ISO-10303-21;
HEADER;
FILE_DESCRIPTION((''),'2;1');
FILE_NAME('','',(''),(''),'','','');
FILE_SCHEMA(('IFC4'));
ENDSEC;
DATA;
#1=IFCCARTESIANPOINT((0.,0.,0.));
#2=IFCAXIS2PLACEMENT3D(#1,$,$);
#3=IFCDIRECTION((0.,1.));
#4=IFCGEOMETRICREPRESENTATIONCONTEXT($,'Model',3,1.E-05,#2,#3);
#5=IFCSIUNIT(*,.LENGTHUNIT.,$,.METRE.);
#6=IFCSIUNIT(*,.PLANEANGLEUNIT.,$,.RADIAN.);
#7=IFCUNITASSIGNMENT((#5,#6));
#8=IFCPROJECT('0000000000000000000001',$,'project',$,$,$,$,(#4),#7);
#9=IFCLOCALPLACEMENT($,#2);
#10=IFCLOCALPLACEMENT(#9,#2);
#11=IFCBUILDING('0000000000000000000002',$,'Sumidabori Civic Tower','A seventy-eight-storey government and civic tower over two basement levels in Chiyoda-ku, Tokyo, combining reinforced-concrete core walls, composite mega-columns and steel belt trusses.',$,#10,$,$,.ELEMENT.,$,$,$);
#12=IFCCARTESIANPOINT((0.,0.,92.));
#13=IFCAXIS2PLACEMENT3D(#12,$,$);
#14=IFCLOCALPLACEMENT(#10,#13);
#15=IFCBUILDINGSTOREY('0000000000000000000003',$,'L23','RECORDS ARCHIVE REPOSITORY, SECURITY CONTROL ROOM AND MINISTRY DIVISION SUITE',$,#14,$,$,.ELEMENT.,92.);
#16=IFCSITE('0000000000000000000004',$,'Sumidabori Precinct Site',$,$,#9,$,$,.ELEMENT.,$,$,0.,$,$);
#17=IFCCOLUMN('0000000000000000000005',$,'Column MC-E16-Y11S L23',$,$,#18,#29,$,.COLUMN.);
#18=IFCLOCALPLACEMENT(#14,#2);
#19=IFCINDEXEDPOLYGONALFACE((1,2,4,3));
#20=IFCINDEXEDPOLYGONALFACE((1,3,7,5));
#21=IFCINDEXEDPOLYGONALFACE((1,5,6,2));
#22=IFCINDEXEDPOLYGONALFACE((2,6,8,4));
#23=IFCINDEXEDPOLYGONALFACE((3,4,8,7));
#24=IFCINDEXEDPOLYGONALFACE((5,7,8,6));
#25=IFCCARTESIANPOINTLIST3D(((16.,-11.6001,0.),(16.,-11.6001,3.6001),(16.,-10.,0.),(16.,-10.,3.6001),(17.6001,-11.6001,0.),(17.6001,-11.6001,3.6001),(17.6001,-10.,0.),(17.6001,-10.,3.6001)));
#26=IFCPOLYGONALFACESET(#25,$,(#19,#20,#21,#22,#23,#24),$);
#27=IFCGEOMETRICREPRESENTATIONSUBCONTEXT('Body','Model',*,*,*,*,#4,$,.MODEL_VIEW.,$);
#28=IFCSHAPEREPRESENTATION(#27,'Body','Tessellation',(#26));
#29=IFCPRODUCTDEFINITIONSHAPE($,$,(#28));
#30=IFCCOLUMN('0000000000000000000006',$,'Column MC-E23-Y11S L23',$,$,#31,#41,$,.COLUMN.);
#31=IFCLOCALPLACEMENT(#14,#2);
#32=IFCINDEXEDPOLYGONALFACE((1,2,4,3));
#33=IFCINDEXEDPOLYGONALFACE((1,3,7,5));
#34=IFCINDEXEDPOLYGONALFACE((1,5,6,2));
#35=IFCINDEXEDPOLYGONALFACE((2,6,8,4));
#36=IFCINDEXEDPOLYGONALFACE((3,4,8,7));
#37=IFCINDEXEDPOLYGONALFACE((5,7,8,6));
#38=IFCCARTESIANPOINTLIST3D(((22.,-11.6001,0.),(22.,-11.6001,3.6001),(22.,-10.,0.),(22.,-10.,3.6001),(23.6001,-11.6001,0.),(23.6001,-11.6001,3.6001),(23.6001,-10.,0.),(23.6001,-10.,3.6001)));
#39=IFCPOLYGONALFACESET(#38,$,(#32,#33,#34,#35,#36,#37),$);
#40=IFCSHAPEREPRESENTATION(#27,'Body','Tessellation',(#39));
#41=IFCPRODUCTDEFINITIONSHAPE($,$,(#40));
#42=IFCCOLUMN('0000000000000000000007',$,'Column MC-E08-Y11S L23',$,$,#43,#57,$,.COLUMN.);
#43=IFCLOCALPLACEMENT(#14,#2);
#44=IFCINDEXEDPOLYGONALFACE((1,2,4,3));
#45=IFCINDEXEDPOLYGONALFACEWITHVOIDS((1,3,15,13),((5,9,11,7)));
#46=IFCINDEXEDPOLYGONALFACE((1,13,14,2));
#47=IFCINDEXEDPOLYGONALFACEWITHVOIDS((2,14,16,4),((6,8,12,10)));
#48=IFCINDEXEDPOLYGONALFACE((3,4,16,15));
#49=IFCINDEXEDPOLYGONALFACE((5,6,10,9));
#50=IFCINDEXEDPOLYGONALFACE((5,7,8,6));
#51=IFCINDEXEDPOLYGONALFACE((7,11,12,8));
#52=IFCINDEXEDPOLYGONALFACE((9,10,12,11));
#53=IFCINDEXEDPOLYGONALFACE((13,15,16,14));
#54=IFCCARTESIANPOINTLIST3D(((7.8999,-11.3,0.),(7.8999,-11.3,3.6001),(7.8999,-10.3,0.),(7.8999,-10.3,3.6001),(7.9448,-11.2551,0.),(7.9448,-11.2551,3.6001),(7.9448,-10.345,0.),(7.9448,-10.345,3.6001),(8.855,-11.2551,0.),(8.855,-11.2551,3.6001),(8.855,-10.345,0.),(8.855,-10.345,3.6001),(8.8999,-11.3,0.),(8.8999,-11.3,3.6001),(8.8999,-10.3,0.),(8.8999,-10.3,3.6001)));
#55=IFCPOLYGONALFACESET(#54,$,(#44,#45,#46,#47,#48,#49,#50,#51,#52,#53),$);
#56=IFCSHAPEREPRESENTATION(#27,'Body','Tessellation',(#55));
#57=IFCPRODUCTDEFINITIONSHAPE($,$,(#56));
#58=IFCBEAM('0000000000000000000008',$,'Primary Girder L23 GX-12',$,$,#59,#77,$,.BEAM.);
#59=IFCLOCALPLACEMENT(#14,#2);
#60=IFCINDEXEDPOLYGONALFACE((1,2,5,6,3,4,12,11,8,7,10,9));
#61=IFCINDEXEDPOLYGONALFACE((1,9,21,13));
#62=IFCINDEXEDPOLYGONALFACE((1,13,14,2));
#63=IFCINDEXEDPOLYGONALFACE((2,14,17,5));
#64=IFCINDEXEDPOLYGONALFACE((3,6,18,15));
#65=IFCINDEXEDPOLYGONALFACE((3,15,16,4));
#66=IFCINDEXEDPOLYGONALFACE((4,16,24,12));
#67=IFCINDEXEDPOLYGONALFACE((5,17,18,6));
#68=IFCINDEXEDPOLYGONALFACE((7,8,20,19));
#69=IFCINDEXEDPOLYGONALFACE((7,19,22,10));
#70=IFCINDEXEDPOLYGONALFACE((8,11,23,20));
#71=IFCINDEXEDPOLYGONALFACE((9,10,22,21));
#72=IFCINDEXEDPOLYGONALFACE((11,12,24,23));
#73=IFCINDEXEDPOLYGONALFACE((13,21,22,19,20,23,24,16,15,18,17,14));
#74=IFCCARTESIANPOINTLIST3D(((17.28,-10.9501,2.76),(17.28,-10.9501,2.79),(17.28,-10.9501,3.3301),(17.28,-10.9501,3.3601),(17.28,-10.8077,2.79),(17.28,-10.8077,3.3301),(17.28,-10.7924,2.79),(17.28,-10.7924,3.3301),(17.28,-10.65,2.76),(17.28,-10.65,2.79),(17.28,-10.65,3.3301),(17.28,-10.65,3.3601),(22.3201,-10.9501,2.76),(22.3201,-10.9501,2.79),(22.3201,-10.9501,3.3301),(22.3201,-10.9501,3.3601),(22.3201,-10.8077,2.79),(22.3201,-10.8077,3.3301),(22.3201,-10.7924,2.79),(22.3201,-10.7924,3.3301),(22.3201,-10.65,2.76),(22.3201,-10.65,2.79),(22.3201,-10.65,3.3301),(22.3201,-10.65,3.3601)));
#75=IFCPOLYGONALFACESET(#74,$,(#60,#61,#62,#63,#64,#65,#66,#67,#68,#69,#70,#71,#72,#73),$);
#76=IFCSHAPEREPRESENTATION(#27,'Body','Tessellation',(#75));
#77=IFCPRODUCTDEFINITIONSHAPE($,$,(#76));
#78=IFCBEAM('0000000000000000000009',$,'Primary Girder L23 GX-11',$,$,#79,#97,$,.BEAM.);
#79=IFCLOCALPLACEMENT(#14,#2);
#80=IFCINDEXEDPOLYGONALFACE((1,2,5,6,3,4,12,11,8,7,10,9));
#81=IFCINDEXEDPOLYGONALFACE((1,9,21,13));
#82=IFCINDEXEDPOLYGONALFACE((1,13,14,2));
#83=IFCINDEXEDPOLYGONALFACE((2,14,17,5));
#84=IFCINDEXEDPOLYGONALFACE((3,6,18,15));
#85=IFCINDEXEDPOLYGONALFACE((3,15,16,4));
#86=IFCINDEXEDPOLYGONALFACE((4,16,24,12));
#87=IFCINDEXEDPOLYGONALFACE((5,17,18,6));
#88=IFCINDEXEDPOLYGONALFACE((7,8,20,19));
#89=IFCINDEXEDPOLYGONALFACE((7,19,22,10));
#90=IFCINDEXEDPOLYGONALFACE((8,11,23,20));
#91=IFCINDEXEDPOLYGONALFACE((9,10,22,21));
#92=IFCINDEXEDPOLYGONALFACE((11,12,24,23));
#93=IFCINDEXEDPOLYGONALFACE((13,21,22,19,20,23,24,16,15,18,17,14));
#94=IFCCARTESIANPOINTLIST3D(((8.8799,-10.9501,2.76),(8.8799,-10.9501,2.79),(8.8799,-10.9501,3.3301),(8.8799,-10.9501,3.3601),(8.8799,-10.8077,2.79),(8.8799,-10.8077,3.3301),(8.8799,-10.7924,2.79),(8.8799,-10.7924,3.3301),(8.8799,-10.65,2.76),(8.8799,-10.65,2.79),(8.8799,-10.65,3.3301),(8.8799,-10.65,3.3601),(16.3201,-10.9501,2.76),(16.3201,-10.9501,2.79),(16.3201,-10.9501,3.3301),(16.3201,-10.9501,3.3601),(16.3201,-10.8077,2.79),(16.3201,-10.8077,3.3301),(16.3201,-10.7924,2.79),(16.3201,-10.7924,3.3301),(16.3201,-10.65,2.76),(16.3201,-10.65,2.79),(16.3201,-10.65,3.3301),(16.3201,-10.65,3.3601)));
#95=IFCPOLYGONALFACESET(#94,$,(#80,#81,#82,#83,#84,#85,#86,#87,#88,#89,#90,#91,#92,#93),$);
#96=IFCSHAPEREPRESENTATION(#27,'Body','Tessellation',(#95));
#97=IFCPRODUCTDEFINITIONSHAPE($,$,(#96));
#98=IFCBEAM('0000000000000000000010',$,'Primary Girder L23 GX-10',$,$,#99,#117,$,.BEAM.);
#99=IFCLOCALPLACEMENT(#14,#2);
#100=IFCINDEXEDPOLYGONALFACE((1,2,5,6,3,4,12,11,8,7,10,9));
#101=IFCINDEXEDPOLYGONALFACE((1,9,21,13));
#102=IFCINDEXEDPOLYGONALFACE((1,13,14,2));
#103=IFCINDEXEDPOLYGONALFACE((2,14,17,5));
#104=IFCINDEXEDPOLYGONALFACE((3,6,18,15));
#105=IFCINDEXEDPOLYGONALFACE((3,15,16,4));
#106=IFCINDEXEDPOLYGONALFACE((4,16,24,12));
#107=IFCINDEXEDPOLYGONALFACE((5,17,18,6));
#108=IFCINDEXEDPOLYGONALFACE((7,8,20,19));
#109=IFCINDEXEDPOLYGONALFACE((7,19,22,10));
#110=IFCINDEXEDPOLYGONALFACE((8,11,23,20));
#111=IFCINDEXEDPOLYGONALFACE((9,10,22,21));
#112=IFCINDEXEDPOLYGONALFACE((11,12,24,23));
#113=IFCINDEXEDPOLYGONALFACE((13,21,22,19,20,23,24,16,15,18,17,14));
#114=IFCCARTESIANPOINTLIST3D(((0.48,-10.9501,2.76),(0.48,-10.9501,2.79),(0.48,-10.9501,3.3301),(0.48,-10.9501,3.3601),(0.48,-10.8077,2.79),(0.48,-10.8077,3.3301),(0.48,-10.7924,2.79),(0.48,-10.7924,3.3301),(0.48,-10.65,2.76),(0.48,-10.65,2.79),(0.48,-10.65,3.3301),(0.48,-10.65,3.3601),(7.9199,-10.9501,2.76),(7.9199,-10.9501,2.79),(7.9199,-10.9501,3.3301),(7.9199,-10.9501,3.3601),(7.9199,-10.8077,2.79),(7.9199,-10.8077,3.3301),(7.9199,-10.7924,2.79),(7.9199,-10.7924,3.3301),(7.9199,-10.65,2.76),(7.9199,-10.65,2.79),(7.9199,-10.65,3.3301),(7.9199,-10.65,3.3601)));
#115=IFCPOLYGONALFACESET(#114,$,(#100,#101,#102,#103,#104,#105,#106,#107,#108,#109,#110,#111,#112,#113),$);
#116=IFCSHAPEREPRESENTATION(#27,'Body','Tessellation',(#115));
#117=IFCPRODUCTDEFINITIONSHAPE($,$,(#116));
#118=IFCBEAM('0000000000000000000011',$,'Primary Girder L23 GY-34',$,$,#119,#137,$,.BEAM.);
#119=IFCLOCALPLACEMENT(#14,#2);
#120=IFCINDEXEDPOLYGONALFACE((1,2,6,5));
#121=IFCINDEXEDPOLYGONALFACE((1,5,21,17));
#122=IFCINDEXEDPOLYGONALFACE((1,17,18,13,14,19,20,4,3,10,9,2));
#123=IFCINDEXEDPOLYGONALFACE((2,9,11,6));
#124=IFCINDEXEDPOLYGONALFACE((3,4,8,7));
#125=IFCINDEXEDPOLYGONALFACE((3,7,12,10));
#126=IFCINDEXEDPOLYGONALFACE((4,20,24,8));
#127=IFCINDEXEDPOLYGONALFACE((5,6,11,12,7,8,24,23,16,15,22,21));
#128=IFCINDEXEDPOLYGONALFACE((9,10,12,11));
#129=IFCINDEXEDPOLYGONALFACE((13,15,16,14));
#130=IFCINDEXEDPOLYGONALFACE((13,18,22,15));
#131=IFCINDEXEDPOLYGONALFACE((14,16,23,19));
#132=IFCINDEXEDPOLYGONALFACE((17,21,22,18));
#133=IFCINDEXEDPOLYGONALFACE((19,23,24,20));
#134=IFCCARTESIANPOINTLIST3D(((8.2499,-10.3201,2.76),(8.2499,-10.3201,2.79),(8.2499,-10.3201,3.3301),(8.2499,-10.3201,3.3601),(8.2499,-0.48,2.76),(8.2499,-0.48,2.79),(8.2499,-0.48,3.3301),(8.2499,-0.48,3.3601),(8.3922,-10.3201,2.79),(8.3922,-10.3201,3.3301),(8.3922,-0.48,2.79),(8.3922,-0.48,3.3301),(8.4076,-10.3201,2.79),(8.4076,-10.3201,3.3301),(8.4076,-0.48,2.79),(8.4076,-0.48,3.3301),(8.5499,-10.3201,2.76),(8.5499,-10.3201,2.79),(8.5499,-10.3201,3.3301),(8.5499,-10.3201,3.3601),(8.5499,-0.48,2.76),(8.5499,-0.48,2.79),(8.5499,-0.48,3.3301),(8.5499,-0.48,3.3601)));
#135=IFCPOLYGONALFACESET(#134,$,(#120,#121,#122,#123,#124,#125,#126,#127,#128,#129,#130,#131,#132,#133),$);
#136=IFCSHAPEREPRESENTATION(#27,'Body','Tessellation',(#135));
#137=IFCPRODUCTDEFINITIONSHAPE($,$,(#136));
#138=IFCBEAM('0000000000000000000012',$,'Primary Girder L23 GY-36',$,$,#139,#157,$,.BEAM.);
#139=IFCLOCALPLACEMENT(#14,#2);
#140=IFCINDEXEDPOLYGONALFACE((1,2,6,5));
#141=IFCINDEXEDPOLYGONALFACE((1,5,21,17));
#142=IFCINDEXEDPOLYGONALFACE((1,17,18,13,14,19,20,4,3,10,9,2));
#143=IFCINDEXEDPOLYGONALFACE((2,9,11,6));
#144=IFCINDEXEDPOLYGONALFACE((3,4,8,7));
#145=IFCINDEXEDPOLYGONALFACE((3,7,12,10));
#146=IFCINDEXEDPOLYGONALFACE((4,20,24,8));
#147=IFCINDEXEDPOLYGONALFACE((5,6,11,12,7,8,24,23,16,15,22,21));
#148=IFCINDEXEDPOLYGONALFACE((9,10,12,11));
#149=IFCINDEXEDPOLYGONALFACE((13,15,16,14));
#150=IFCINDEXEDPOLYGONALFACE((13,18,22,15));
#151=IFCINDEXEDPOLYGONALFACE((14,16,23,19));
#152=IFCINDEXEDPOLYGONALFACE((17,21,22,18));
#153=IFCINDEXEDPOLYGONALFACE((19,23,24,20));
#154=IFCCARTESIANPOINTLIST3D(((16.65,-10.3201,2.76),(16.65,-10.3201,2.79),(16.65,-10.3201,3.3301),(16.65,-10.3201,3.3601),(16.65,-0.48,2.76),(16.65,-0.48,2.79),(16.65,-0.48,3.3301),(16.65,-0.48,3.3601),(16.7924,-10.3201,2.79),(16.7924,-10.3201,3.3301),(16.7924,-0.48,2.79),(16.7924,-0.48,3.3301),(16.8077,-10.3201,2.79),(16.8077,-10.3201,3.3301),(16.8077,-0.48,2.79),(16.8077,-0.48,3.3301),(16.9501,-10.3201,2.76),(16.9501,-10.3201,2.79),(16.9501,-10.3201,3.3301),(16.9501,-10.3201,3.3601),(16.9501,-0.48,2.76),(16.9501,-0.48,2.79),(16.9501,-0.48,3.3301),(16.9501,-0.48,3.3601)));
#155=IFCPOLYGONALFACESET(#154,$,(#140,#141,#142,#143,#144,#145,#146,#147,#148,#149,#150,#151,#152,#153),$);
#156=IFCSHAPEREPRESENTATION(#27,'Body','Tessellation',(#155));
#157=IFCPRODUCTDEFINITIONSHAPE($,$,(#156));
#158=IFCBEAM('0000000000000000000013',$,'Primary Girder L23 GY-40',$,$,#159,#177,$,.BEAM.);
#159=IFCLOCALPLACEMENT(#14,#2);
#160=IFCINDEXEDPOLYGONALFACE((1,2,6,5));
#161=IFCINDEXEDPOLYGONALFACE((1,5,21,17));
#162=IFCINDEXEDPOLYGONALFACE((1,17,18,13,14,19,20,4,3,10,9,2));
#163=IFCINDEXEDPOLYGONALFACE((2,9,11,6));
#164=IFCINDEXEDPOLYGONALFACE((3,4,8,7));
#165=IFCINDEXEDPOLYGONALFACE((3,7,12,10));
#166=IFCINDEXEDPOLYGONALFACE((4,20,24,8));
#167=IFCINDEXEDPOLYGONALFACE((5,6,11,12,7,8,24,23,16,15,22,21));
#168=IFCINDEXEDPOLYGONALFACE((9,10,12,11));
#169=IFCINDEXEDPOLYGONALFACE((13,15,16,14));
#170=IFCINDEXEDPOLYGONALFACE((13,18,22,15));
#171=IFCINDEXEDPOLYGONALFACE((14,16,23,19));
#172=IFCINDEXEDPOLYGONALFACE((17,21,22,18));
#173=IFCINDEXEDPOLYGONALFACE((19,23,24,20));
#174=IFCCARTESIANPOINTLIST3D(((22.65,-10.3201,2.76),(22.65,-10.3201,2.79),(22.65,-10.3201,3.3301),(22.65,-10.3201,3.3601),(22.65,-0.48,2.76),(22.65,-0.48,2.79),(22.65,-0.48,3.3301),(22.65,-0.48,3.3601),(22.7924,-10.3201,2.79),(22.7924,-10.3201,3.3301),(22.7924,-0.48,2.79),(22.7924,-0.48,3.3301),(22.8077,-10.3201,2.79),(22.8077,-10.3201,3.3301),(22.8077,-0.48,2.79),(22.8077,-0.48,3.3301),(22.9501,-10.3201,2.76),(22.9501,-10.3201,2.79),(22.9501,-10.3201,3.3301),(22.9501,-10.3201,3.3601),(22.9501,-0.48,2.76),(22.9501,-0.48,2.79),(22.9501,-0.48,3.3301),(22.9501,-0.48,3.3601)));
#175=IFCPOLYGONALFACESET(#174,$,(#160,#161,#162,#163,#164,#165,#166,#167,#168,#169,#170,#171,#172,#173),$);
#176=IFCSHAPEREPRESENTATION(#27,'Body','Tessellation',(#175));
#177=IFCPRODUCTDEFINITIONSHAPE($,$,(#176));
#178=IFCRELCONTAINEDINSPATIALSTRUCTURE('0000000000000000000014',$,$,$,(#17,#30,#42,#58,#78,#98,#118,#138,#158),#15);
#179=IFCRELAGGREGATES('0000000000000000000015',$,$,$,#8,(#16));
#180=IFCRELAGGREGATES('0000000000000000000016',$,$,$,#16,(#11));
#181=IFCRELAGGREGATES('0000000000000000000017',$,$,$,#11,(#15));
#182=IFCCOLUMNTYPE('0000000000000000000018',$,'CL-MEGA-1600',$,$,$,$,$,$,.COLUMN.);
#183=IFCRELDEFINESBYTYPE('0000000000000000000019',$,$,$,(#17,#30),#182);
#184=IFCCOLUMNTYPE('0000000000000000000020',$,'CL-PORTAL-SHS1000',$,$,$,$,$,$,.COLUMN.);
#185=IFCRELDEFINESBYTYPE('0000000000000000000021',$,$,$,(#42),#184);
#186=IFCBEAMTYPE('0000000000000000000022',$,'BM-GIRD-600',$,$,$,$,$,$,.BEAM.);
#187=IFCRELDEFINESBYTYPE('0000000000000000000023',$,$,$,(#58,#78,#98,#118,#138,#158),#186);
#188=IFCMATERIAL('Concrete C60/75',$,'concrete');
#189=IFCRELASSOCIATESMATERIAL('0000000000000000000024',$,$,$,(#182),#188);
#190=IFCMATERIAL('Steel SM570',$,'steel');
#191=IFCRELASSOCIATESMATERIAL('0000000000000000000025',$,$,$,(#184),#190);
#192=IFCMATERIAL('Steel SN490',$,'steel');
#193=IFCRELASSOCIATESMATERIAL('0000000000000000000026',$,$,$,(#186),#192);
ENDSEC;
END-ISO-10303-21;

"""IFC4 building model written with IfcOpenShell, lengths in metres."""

from ifc_helpers import new_model, si_unit, direction, frame, origin, origin_2d, place, context, subcontext, project, spatial, rectangle, hollow_rectangle, i_section, extrude, source, transform, mapped, material, material_profile, profile_set, type_object, element, save


model = new_model("IFC4")

# Units and contexts
model_context = context("Model", 3, precision=1e-05, world=origin(), true_north=direction((0.0, 1.0)))
body_context = subcontext(model_context, "Body", "Model", "MODEL_VIEW")
ifc_project = project(units=[si_unit("LENGTHUNIT", "METRE"), si_unit("PLANEANGLEUNIT", "RADIAN")], contexts=[model_context])

# Site, building, storey
site_placement = place(None, origin())
site = spatial("IfcSite", under=ifc_project, at=site_placement, Name="Sumidabori Precinct Site", CompositionType="ELEMENT", RefElevation=0.0)
building_placement = place(site_placement, origin())
building = spatial("IfcBuilding", under=site, at=building_placement, Name="Sumidabori Civic Tower", Description="A seventy-eight-storey government and civic tower over two basement levels in Chiyoda-ku, Tokyo, combining reinforced-concrete core walls, composite mega-columns and steel belt trusses.", CompositionType="ELEMENT")
storey_placement = place(building_placement, frame((0.0, 0.0, 92.0)))
storey = spatial("IfcBuildingStorey", under=building, at=storey_placement, Name="L23", Description="RECORDS ARCHIVE REPOSITORY, SECURITY CONTROL ROOM AND MINISTRY DIVISION SUITE", CompositionType="ELEMENT", Elevation=92.0)

# Columns
ifc_material_1 = material(Name="Concrete C60/75", Category="concrete")
ifc_material_profile_1 = material_profile(ifc_material_1, rectangle(XDim=1.6001, YDim=1.6001, at=origin_2d()), Name="RC 1600x1600")
ifc_profile_set_1 = profile_set([ifc_material_profile_1], Name="Concrete C60/75")
column_type_1 = type_object("IfcColumnType", Name="CL-MEGA-1600", PredefinedType="COLUMN", material=ifc_profile_set_1)
shared_shape_1 = source(origin(), body_context, "Body", "SweptSolid", [
    extrude(rectangle(XDim=1.6001, YDim=1.6001, at=origin_2d()), origin(), (0.0, 0.0, 1.0), 3.6001),
])
for number, where, z_axis, x_axis, name in (
    (1, (16.8, -10.8, 0.0), (0.0, 0.0, 1.0), (1.0, 0.0, 0.0), "Column MC-E16-Y11S L23"),
    (2, (22.8, -10.8, 0.0), (0.0, 0.0, 1.0), (1.0, 0.0, 0.0), "Column MC-E23-Y11S L23"),
):
    element("IfcColumn", number, at=place(storey_placement, frame(where, z_axis=z_axis, x_axis=x_axis)), inside=storey, type_object=column_type_1, Name=name, PredefinedType="COLUMN", context=body_context, shape_type="MappedRepresentation", body=[
        mapped(shared_shape_1, transform((0.0, 0.0, 0.0), x_axis=(1.0, 0.0, 0.0), y_axis=(0.0, 1.0, 0.0), z_axis=(0.0, 0.0, 1.0), scale=1.0)),
    ])
ifc_material_2 = material(Name="Steel SM570", Category="steel")
ifc_material_profile_2 = material_profile(ifc_material_2, hollow_rectangle(XDim=1.0, YDim=1.0, WallThickness=0.0449, at=origin_2d()), Name="SHS 1000x1000x45")
ifc_profile_set_2 = profile_set([ifc_material_profile_2], Name="Steel SM570")
column_type_2 = type_object("IfcColumnType", Name="CL-PORTAL-SHS1000", PredefinedType="COLUMN", material=ifc_profile_set_2)
shared_shape_2 = source(origin(), body_context, "Body", "SweptSolid", [
    extrude(hollow_rectangle(XDim=1.0, YDim=1.0, WallThickness=0.0449, at=origin_2d()), origin(), (0.0, 0.0, 1.0), 3.6001),
])
column_placement = place(storey_placement, frame((8.3999, -10.8, 0.0), z_axis=(0.0, 0.0, 1.0), x_axis=(1.0, 0.0, 0.0)))
element("IfcColumn", 3, at=column_placement, inside=storey, type_object=column_type_2, Name="Column MC-E08-Y11S L23", PredefinedType="COLUMN", context=body_context, shape_type="MappedRepresentation", body=[
    mapped(shared_shape_2, transform((0.0, 0.0, 0.0), x_axis=(1.0, 0.0, 0.0), y_axis=(0.0, 1.0, 0.0), z_axis=(0.0, 0.0, 1.0), scale=1.0)),
])

# Beams
ifc_material_3 = material(Name="Steel SN490", Category="steel")
ifc_material_profile_3 = material_profile(ifc_material_3, i_section(OverallWidth=0.3, OverallDepth=0.6001, WebThickness=0.0154, FlangeThickness=0.03, at=origin_2d()), Name="HE 600 B")
ifc_profile_set_3 = profile_set([ifc_material_profile_3], Name="Steel SN490")
beam_type_1 = type_object("IfcBeamType", Name="BM-GIRD-600", PredefinedType="BEAM", material=ifc_profile_set_3)
shared_shape_3 = source(origin(), body_context, "Body", "SweptSolid", [
    extrude(i_section(OverallWidth=0.3, OverallDepth=0.6001, WebThickness=0.0154, FlangeThickness=0.03, at=origin_2d()), origin(), (0.0, 0.0, 1.0), 5.04),
])
beam_1_placement = place(storey_placement, frame((17.28, -10.8, 3.0601), z_axis=(1.0, 0.0, 0.0), x_axis=(0.0, 1.0, 0.0)))
element("IfcBeam", 4, at=beam_1_placement, inside=storey, type_object=beam_type_1, Name="Primary Girder L23 GX-12", PredefinedType="BEAM", context=body_context, shape_type="MappedRepresentation", body=[
    mapped(shared_shape_3, transform((0.0, 0.0, 0.0), x_axis=(1.0, 0.0, 0.0), y_axis=(0.0, 1.0, 0.0), z_axis=(0.0, 0.0, 1.0), scale=1.0)),
])
shared_shape_4 = source(origin(), body_context, "Body", "SweptSolid", [
    extrude(i_section(OverallWidth=0.3, OverallDepth=0.6001, WebThickness=0.0154, FlangeThickness=0.03, at=origin_2d()), origin(), (0.0, 0.0, 1.0), 7.4402),
])
beam_2_placement = place(storey_placement, frame((8.8799, -10.8, 3.0601), z_axis=(1.0, 0.0, 0.0), x_axis=(0.0, 1.0, 0.0)))
element("IfcBeam", 5, at=beam_2_placement, inside=storey, type_object=beam_type_1, Name="Primary Girder L23 GX-11", PredefinedType="BEAM", context=body_context, shape_type="MappedRepresentation", body=[
    mapped(shared_shape_4, transform((0.0, 0.0, 0.0), x_axis=(1.0, 0.0, 0.0), y_axis=(0.0, 1.0, 0.0), z_axis=(0.0, 0.0, 1.0), scale=1.0)),
])
shared_shape_5 = source(origin(), body_context, "Body", "SweptSolid", [
    extrude(i_section(OverallWidth=0.3, OverallDepth=0.6001, WebThickness=0.0154, FlangeThickness=0.03, at=origin_2d()), origin(), (0.0, 0.0, 1.0), 7.4399),
])
beam_3_placement = place(storey_placement, frame((0.48, -10.8, 3.0601), z_axis=(1.0, 0.0, 0.0), x_axis=(0.0, 1.0, 0.0)))
element("IfcBeam", 6, at=beam_3_placement, inside=storey, type_object=beam_type_1, Name="Primary Girder L23 GX-10", PredefinedType="BEAM", context=body_context, shape_type="MappedRepresentation", body=[
    mapped(shared_shape_5, transform((0.0, 0.0, 0.0), x_axis=(1.0, 0.0, 0.0), y_axis=(0.0, 1.0, 0.0), z_axis=(0.0, 0.0, 1.0), scale=1.0)),
])
shared_shape_6 = source(origin(), body_context, "Body", "SweptSolid", [
    extrude(i_section(OverallWidth=0.3, OverallDepth=0.6001, WebThickness=0.0154, FlangeThickness=0.03, at=origin_2d()), origin(), (0.0, 0.0, 1.0), 9.8401),
])
for number, where, z_axis, x_axis, name in (
    (7, (8.3999, -10.3201, 3.0601), (0.0, 1.0, 0.0), (-1.0, 0.0, 0.0), "Primary Girder L23 GY-34"),
    (8, (16.8, -10.3201, 3.0601), (0.0, 1.0, 0.0), (-1.0, 0.0, 0.0), "Primary Girder L23 GY-36"),
    (9, (22.8, -10.3201, 3.0601), (0.0, 1.0, 0.0), (-1.0, 0.0, 0.0), "Primary Girder L23 GY-40"),
):
    element("IfcBeam", number, at=place(storey_placement, frame(where, z_axis=z_axis, x_axis=x_axis)), inside=storey, type_object=beam_type_1, Name=name, PredefinedType="BEAM", context=body_context, shape_type="MappedRepresentation", body=[
        mapped(shared_shape_6, transform((0.0, 0.0, 0.0), x_axis=(1.0, 0.0, 0.0), y_axis=(0.0, 1.0, 0.0), z_axis=(0.0, 0.0, 1.0), scale=1.0)),
    ])

save(model, "model.ifc")
